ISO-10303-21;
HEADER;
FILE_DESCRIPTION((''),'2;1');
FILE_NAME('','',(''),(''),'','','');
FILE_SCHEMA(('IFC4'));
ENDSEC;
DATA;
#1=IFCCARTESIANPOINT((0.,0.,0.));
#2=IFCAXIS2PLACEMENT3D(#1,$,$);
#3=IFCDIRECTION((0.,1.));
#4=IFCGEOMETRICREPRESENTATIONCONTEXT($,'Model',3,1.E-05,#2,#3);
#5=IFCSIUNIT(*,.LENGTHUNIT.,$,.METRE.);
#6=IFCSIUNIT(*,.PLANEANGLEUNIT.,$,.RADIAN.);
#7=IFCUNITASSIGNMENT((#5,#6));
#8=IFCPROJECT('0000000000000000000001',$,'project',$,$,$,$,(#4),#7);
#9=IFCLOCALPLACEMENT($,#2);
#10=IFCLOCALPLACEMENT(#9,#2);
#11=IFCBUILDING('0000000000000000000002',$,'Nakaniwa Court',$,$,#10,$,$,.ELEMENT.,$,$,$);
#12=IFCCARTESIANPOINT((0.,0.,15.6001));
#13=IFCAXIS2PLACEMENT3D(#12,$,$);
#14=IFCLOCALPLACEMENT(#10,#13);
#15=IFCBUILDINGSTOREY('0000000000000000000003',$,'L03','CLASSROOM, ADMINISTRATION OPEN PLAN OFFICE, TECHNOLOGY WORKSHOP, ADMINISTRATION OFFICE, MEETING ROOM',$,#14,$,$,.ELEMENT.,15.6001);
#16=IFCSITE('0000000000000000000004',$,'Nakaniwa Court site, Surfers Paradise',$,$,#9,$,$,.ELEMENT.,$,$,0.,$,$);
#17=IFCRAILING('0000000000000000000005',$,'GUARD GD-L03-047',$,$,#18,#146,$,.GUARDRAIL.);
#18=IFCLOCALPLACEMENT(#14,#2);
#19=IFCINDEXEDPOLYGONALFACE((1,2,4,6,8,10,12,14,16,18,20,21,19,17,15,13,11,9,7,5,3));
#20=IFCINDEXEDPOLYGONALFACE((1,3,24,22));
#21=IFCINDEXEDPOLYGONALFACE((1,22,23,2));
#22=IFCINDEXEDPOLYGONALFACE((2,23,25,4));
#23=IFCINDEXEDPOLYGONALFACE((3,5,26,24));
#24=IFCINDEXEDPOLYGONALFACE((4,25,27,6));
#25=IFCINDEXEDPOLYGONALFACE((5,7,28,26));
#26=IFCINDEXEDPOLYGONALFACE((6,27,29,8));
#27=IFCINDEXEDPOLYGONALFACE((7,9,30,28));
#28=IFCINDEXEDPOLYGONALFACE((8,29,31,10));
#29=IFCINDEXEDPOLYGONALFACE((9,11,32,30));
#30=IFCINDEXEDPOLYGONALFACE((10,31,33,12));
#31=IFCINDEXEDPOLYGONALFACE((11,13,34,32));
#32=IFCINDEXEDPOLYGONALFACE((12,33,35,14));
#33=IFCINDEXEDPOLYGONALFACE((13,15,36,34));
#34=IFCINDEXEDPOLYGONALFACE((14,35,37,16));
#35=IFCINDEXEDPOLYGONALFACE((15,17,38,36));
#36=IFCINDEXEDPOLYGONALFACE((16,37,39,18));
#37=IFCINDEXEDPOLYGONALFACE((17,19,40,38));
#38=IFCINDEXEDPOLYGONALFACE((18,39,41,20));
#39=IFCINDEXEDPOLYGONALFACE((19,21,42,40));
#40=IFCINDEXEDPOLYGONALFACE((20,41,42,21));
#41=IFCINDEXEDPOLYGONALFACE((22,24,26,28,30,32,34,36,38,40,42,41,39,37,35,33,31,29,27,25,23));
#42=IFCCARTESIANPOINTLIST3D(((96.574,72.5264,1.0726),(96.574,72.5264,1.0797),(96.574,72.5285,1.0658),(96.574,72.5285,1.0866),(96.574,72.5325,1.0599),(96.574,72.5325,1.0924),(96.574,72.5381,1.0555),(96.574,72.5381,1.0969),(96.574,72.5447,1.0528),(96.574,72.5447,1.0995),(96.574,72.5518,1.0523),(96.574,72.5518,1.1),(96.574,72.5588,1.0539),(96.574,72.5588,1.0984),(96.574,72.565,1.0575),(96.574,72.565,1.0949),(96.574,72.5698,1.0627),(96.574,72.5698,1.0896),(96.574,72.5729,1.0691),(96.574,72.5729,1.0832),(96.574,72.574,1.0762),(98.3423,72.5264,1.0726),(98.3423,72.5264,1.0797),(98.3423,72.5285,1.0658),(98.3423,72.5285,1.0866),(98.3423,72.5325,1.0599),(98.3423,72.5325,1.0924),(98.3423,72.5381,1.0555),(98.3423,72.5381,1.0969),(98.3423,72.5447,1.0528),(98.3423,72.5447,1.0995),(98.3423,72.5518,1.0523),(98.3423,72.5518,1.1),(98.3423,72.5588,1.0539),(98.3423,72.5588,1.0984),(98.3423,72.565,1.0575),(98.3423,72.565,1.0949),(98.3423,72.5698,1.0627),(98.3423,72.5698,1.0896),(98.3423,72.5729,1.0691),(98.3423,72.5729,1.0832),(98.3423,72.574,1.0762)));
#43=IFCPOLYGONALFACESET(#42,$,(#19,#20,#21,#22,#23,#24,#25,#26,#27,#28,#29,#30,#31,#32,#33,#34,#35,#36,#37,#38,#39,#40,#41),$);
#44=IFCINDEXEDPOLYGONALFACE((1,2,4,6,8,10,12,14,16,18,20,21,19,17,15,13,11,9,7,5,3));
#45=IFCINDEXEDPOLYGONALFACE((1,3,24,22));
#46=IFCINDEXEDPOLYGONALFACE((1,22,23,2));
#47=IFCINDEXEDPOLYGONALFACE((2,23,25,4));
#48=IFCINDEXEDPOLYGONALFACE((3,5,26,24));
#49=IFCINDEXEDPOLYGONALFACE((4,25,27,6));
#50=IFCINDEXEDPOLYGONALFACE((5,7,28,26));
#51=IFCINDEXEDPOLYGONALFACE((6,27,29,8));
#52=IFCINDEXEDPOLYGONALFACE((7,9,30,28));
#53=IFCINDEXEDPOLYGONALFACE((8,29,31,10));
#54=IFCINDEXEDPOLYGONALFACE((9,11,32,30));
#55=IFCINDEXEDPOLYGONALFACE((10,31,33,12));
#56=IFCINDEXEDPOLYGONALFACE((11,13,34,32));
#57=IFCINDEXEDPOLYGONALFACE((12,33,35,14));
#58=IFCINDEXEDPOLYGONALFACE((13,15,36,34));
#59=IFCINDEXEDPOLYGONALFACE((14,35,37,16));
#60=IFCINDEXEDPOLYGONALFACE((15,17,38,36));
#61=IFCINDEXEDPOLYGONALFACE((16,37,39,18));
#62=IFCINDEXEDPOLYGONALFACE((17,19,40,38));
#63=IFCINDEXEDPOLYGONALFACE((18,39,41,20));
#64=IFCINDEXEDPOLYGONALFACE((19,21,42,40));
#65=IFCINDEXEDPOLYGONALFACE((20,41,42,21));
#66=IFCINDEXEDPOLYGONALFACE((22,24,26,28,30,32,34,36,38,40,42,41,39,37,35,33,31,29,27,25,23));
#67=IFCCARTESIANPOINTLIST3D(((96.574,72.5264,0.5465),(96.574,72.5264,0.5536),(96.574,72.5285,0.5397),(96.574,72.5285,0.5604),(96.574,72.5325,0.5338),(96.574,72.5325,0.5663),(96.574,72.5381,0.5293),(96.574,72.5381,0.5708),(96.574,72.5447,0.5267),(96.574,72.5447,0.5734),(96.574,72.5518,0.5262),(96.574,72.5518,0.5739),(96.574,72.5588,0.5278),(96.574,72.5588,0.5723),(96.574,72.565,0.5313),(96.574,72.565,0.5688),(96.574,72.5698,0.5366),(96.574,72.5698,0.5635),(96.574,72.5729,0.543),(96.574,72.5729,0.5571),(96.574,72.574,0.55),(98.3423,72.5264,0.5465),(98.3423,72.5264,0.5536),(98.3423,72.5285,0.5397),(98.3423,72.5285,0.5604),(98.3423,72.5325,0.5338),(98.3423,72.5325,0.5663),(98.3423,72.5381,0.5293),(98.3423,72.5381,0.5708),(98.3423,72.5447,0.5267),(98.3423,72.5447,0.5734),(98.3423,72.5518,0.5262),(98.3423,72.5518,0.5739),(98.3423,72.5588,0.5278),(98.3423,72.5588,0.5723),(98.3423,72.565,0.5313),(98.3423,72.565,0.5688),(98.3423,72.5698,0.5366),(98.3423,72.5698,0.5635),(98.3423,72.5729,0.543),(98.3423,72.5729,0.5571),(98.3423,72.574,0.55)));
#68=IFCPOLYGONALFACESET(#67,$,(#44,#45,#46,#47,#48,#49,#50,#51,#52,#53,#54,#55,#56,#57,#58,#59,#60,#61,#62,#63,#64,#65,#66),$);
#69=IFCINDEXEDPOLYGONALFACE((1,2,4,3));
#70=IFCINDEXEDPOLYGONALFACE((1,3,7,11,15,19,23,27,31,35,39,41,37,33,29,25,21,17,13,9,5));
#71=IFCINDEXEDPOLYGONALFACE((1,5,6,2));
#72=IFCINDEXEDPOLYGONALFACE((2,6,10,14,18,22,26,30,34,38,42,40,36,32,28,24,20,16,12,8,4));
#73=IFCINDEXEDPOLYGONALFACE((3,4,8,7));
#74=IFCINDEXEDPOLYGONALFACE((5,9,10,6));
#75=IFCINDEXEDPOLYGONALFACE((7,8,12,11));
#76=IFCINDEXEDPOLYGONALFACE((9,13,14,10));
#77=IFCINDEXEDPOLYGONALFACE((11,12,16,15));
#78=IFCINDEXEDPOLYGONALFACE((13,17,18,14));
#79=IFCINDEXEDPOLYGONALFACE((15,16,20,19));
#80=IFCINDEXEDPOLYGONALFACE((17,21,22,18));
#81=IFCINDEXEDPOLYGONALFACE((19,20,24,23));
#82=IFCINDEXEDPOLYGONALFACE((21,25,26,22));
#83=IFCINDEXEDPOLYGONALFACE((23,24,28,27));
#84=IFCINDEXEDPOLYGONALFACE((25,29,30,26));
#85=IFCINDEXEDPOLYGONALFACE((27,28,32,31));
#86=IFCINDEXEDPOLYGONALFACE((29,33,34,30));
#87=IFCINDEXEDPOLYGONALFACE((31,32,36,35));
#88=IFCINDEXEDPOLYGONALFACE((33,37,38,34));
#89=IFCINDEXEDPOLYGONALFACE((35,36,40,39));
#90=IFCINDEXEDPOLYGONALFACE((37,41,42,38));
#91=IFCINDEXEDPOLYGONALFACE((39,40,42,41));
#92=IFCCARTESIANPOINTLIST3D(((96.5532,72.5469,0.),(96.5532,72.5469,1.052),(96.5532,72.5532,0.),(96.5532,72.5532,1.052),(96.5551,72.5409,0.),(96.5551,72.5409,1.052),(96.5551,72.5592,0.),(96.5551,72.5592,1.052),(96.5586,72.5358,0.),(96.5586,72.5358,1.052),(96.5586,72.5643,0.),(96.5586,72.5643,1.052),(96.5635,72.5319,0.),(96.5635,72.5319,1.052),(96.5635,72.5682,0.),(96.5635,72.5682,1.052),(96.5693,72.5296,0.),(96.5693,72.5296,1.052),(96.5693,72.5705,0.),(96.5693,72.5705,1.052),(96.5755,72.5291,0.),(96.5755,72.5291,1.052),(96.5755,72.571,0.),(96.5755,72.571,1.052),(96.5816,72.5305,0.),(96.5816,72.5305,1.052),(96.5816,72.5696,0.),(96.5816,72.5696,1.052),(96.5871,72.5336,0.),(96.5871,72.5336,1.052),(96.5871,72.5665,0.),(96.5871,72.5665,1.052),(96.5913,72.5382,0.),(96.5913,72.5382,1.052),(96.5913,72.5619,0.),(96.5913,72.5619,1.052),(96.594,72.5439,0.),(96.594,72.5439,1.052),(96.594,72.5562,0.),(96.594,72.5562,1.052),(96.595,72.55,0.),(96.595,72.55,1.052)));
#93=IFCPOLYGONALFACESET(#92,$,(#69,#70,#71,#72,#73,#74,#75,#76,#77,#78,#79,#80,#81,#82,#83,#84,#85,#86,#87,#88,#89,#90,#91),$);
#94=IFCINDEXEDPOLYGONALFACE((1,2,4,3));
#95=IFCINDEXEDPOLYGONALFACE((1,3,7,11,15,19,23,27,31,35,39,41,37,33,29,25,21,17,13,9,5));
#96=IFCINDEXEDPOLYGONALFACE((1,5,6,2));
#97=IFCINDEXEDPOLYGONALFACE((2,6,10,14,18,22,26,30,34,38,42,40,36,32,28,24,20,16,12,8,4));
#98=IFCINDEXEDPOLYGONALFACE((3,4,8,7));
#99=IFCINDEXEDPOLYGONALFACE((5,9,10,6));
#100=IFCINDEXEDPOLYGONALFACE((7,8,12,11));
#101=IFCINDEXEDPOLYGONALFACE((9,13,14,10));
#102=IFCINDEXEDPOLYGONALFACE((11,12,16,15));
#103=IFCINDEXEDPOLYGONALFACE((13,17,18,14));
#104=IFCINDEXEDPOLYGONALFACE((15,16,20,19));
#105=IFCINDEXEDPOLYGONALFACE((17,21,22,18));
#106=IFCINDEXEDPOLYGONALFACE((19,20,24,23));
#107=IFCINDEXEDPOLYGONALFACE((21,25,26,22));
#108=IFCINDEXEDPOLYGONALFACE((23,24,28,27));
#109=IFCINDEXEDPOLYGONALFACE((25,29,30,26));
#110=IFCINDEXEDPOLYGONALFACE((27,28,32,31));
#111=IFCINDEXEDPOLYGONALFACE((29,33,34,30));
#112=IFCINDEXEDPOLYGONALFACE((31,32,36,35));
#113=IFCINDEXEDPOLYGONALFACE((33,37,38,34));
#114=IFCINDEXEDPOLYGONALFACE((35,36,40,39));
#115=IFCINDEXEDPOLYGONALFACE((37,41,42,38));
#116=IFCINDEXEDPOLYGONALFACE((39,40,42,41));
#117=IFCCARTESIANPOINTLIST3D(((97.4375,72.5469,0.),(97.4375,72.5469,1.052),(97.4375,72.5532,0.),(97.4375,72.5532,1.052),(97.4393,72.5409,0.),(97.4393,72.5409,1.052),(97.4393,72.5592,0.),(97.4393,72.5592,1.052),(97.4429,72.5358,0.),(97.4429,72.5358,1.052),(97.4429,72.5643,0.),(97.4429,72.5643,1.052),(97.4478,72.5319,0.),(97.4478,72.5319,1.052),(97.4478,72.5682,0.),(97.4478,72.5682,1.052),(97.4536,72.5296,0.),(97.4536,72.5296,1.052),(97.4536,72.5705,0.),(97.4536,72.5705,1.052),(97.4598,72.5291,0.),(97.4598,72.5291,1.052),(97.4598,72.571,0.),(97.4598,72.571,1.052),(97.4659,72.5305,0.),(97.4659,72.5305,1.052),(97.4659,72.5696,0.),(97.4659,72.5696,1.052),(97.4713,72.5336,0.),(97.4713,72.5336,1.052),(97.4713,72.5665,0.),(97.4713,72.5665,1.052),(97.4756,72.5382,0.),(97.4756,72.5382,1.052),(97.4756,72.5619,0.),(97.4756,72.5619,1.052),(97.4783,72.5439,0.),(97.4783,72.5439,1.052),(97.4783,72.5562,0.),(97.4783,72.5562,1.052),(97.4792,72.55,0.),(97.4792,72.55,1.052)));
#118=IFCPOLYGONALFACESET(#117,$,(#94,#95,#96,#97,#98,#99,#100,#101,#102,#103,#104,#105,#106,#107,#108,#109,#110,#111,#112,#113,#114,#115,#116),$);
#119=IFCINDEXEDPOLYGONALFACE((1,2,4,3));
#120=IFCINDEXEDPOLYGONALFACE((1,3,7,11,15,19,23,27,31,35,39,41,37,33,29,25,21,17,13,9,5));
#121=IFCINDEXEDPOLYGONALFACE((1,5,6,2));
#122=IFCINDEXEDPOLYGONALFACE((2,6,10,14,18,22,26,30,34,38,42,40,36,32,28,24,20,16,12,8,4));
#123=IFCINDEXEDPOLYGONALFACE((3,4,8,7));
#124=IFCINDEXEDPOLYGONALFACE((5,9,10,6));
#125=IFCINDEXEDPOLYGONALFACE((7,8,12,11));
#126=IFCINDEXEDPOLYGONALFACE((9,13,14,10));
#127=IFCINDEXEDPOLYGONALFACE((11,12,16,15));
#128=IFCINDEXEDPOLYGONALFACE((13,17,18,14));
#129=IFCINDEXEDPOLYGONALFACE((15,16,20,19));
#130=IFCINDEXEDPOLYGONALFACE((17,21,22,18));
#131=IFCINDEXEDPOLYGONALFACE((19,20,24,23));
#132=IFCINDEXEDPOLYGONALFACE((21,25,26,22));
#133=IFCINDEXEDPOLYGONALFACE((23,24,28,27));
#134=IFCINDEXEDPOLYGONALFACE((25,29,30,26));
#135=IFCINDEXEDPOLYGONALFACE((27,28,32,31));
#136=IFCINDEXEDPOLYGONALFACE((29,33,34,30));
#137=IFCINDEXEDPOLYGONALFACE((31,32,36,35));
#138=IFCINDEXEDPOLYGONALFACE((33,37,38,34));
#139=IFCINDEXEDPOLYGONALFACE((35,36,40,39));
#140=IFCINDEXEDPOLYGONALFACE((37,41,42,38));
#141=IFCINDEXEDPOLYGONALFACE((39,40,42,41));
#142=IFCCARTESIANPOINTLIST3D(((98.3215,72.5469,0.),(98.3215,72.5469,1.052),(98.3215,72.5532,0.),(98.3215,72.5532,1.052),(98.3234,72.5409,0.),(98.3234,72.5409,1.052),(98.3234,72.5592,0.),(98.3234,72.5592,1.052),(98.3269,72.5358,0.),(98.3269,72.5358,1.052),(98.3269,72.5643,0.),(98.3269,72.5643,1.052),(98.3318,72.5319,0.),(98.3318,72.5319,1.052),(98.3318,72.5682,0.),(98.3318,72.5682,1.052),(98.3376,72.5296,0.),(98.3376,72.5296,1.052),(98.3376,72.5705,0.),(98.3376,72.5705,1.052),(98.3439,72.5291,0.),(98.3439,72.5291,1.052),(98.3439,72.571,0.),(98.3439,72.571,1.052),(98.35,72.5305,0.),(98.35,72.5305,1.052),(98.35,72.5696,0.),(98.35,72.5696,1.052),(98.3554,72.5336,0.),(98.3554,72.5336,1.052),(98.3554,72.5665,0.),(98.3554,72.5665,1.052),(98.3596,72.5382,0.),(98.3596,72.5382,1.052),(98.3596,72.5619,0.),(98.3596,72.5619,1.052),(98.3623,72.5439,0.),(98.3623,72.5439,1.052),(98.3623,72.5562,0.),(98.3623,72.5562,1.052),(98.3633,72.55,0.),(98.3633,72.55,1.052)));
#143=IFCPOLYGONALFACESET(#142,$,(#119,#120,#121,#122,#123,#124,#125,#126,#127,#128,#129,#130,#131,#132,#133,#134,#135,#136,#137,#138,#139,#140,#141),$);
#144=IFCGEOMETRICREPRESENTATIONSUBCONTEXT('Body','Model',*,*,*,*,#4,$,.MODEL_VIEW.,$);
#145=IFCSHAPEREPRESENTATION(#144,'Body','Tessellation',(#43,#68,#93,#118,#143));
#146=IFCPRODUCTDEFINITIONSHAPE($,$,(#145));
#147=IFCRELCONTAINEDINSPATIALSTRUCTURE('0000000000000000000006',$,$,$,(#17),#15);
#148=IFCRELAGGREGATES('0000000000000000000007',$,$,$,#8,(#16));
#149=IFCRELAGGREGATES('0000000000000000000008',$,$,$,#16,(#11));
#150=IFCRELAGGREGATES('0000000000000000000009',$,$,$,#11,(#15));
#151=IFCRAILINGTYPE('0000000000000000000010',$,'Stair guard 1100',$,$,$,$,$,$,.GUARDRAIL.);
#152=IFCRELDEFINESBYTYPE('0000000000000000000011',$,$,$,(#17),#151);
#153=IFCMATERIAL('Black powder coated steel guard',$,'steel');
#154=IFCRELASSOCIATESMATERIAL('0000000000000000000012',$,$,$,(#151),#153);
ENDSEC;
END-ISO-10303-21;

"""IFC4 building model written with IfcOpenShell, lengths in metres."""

from ifc_helpers import new_model, si_unit, direction, frame, origin, origin_2d, place, context, subcontext, project, spatial, circle, extrude, material, type_object, element, save


model = new_model("IFC4")

# Units and contexts
model_context = context("Model", 3, precision=1e-05, world=origin(), true_north=direction((0.0, 1.0)))
body_context = subcontext(model_context, "Body", "Model", "MODEL_VIEW")
ifc_project = project(units=[si_unit("LENGTHUNIT", "METRE"), si_unit("PLANEANGLEUNIT", "RADIAN")], contexts=[model_context])

# Site, building, storey
site_placement = place(None, origin())
site = spatial("IfcSite", under=ifc_project, at=site_placement, Name="Nakaniwa Court site, Surfers Paradise", CompositionType="ELEMENT", RefElevation=0.0)
building_placement = place(site_placement, origin())
building = spatial("IfcBuilding", under=site, at=building_placement, Name="Nakaniwa Court", CompositionType="ELEMENT")
storey_placement = place(building_placement, frame((0.0, 0.0, 15.6001)))
storey = spatial("IfcBuildingStorey", under=building, at=storey_placement, Name="L03", Description="CLASSROOM, ADMINISTRATION OPEN PLAN OFFICE, TECHNOLOGY WORKSHOP, ADMINISTRATION OFFICE, MEETING ROOM", CompositionType="ELEMENT", Elevation=15.6001)

# Railing
ifc_material_1 = material(Name="Black powder coated steel guard", Category="steel")
railing_type = type_object("IfcRailingType", Name="Stair guard 1100", PredefinedType="GUARDRAIL", material=ifc_material_1)
railing_1_placement = place(storey_placement, frame((96.574, 72.55, 0.0)))
element("IfcRailing", 1, at=railing_1_placement, inside=storey, type_object=railing_type, Name="GUARD GD-L03-047", PredefinedType="GUARDRAIL", context=body_context, shape_type="SweptSolid", body=[
    extrude(circle(Radius=0.0239, at=origin_2d()), frame((0.0, 0.0, 1.0762), z_axis=(1.0, 0.0, 0.0), x_axis=(0.0, 1.0, 0.0)), (0.0, 0.0, 1.0), 1.7683),
    extrude(circle(Radius=0.0239, at=origin_2d()), frame((0.0, 0.0, 0.55), z_axis=(1.0, 0.0, 0.0), x_axis=(0.0, 1.0, 0.0)), (0.0, 0.0, 1.0), 1.7683),
    extrude(circle(Radius=0.021, at=origin_2d()), origin(), (0.0, 0.0, 1.0), 1.052),
    extrude(circle(Radius=0.021, at=origin_2d()), frame((0.8843, 0.0, 0.0)), (0.0, 0.0, 1.0), 1.052),
    extrude(circle(Radius=0.021, at=origin_2d()), frame((1.7683, 0.0, 0.0)), (0.0, 0.0, 1.0), 1.052),
])

save(model, "model.ifc")
